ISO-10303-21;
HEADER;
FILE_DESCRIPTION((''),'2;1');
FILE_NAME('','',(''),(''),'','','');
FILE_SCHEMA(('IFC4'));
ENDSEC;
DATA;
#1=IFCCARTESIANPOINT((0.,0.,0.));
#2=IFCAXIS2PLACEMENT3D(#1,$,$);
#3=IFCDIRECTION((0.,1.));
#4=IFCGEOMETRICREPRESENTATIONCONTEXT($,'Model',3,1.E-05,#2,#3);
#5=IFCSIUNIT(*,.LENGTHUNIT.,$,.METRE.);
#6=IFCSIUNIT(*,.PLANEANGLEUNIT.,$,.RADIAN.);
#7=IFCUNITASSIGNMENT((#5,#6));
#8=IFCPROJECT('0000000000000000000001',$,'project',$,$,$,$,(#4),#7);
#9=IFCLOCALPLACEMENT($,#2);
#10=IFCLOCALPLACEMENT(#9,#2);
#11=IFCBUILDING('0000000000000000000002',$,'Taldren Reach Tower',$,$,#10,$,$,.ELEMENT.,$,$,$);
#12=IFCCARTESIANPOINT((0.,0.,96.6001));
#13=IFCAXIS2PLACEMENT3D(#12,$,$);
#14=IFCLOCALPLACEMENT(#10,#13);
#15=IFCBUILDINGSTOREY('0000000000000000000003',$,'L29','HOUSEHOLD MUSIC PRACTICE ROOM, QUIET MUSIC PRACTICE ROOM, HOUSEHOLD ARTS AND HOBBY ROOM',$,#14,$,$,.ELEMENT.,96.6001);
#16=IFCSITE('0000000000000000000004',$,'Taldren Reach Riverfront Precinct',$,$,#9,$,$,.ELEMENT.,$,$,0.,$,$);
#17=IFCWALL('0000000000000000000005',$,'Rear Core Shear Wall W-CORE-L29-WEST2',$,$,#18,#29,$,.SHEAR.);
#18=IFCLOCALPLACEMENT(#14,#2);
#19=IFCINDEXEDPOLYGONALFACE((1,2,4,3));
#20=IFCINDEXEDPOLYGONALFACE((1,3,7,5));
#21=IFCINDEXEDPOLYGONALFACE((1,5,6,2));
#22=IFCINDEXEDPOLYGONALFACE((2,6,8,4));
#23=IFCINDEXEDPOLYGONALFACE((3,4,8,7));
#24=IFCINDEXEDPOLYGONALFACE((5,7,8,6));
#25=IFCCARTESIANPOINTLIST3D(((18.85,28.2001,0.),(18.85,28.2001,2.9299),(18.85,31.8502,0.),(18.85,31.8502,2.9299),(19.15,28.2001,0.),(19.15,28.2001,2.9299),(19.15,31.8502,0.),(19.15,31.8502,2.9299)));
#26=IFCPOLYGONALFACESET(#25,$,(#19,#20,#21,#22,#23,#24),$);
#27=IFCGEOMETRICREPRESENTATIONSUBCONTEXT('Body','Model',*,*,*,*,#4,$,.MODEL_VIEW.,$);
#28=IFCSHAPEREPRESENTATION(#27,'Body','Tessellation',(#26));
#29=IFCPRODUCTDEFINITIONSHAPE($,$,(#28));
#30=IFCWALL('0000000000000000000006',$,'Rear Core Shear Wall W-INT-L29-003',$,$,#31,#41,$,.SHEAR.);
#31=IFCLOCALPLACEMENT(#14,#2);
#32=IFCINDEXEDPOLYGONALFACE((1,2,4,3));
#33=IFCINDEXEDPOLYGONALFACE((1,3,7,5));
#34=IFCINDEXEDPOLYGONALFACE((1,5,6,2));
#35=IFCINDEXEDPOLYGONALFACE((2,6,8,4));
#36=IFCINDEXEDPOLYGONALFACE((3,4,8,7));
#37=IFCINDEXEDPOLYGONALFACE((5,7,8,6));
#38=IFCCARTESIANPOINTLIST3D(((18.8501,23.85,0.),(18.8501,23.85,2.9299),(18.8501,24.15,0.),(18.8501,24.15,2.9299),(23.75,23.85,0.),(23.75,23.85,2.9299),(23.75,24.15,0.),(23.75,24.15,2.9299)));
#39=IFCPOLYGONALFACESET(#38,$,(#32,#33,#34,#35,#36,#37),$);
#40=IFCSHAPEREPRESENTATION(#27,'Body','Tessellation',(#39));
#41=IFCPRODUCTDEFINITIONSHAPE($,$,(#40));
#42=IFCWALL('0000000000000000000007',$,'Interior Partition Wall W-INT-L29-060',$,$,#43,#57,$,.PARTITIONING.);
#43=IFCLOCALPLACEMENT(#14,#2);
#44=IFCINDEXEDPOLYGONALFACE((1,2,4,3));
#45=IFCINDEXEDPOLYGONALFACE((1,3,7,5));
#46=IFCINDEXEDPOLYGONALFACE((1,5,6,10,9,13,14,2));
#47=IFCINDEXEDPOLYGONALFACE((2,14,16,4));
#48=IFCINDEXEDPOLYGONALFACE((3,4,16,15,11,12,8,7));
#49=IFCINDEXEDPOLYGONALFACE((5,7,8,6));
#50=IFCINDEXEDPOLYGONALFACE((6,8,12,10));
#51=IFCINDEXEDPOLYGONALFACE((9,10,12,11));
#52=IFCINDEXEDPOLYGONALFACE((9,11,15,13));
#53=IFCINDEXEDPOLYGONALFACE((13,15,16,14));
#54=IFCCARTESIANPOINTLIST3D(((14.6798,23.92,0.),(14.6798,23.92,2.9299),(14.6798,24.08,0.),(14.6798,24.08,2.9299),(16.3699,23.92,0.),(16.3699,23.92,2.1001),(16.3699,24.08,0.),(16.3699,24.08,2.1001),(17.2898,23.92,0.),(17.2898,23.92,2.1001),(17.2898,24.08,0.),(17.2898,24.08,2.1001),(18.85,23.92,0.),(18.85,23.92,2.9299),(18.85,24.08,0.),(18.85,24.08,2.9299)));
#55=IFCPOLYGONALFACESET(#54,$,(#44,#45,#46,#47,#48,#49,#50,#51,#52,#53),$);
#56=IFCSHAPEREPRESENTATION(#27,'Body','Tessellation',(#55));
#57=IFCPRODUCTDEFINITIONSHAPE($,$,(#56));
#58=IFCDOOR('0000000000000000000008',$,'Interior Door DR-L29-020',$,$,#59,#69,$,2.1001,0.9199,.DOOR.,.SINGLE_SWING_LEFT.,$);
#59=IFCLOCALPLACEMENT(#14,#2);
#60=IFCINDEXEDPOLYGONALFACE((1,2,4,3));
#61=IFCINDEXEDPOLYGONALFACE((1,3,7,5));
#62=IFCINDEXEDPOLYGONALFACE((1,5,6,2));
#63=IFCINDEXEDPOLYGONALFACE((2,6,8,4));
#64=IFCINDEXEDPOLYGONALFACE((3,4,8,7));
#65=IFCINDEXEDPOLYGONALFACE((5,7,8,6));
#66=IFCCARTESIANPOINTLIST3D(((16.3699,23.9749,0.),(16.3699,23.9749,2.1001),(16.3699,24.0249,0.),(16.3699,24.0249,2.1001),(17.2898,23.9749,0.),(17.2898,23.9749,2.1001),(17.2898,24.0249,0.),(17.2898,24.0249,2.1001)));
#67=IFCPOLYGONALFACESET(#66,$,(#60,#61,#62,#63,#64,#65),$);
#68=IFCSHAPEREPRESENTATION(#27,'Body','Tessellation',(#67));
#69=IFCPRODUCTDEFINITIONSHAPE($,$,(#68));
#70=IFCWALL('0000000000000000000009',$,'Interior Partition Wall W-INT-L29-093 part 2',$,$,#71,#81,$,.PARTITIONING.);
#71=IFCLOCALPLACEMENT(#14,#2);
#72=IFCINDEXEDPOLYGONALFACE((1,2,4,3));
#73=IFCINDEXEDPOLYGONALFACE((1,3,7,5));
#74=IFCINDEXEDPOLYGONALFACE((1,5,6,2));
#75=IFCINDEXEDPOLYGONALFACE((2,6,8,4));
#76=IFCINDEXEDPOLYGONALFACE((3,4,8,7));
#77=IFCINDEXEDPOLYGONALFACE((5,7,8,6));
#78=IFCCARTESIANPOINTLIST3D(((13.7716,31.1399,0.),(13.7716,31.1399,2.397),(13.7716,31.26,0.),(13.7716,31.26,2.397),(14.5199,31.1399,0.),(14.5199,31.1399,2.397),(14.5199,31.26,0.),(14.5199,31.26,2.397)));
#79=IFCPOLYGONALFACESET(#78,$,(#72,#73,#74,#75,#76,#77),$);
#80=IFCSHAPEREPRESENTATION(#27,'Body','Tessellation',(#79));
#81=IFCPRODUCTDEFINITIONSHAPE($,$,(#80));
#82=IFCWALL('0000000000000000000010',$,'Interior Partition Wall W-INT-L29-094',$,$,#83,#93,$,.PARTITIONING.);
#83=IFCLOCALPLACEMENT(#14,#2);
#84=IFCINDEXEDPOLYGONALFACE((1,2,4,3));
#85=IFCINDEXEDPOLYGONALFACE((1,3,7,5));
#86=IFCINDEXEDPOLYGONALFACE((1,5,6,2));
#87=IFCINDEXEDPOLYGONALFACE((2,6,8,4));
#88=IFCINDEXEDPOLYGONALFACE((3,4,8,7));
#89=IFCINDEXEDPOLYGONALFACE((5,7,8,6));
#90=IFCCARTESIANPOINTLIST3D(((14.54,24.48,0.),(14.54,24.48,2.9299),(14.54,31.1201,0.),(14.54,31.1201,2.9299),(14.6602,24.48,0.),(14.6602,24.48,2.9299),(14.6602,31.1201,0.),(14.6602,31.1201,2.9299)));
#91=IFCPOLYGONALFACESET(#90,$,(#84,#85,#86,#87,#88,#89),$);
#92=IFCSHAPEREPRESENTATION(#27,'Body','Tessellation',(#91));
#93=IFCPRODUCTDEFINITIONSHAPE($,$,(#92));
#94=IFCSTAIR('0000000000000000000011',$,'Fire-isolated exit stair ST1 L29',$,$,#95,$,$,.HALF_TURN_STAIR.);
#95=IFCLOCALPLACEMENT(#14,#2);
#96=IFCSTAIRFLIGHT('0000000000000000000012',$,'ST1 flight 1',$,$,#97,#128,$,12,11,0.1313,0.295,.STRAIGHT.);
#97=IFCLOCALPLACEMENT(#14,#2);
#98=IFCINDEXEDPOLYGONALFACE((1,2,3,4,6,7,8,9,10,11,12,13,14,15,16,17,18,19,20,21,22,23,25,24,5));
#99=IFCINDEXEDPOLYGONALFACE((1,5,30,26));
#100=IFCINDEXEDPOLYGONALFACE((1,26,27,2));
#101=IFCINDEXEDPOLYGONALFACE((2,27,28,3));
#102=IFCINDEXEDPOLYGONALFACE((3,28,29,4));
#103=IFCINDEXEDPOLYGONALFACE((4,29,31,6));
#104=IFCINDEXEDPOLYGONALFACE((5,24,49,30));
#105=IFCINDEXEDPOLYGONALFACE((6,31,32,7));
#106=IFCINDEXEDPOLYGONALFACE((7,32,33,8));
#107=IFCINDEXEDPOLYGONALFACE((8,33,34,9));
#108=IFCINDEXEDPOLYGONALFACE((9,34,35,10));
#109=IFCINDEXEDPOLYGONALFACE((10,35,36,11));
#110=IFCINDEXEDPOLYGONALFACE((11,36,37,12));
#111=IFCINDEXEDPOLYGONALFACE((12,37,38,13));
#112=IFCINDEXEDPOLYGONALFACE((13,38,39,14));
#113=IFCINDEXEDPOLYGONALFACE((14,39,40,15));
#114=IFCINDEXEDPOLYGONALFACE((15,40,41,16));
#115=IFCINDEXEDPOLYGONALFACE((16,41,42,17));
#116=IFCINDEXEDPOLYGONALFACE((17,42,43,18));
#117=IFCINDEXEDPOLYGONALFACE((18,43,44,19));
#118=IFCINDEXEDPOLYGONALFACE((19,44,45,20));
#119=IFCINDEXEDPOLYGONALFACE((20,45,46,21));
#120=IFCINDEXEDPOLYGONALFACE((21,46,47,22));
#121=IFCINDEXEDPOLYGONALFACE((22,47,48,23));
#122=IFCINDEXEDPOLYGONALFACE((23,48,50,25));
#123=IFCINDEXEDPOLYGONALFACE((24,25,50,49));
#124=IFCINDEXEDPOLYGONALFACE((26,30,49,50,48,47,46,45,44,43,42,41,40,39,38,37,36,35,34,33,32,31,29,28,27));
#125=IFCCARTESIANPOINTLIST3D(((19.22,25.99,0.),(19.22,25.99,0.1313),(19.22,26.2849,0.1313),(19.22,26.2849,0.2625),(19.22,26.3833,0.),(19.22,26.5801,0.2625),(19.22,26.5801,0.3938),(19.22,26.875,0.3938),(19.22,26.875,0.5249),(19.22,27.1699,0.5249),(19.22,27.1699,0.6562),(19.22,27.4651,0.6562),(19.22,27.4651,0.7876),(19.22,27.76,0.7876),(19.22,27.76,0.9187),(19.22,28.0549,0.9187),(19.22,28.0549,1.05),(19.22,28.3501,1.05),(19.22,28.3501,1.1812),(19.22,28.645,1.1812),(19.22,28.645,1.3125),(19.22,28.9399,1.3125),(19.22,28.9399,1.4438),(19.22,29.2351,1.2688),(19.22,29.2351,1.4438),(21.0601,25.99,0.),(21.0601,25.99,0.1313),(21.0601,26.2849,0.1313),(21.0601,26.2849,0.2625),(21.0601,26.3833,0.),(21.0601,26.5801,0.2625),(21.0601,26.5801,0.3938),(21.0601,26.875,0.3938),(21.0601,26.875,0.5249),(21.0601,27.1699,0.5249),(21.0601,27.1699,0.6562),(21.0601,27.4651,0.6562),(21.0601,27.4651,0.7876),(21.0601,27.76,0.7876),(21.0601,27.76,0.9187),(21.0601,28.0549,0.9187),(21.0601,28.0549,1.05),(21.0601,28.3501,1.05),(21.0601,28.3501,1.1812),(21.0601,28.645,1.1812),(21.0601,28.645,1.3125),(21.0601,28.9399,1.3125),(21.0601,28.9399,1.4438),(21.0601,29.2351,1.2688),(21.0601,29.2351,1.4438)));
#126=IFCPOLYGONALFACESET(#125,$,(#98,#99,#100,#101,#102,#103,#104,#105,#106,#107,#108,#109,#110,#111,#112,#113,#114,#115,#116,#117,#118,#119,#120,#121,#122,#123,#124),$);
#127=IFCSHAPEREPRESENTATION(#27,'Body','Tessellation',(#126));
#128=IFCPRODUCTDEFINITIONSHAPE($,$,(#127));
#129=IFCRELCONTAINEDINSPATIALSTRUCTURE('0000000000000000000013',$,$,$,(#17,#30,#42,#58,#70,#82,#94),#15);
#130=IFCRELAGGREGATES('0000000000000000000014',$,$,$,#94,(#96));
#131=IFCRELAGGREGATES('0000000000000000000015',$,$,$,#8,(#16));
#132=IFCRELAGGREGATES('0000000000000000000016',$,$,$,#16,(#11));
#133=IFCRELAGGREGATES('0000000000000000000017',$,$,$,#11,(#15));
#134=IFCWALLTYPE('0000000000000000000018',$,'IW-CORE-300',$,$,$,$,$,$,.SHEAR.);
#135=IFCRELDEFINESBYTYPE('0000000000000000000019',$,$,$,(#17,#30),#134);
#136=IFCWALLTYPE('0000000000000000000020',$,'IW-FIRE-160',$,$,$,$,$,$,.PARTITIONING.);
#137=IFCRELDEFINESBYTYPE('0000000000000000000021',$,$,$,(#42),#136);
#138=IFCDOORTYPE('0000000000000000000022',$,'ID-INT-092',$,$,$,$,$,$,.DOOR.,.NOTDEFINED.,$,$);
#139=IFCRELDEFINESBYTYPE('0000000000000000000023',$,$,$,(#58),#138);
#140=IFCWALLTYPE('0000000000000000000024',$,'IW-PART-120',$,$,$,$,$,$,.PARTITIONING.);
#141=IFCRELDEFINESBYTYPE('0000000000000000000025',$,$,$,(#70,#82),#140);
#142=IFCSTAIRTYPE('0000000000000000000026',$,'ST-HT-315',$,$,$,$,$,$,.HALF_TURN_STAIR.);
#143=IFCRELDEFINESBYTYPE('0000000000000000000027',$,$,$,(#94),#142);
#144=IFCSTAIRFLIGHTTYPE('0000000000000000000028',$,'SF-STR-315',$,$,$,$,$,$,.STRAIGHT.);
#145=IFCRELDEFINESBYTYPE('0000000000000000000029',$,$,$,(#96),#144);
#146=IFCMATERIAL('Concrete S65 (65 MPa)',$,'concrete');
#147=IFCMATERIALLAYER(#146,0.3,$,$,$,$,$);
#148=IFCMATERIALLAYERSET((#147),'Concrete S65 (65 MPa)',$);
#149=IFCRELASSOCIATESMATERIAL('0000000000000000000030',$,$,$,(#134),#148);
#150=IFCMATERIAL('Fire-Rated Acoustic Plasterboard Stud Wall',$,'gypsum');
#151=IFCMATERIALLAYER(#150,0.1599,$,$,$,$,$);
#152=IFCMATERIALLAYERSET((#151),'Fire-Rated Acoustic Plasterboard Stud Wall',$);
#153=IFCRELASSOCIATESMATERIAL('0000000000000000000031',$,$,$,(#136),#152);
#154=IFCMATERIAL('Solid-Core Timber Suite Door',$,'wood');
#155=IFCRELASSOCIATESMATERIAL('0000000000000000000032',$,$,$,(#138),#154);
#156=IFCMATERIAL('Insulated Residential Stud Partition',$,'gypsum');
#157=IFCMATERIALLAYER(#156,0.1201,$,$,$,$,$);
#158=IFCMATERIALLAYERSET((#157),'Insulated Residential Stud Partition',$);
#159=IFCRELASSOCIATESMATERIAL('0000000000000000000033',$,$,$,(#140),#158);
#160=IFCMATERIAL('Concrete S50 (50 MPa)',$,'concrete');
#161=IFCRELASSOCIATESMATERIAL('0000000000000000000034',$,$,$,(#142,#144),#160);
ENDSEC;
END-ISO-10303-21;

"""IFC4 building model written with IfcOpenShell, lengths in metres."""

from ifc_helpers import new_model, si_unit, direction, frame, frame_2d, origin, place, context, subcontext, project, spatial, polyline, rectangle, outline, extrude, source, transform, mapped, material, layer, layer_set, type_object, element, fill, aggregate, save


model = new_model("IFC4")

# Units and contexts
model_context = context("Model", 3, precision=1e-05, world=origin(), true_north=direction((0.0, 1.0)))
body_context = subcontext(model_context, "Body", "Model", "MODEL_VIEW")
ifc_project = project(units=[si_unit("LENGTHUNIT", "METRE"), si_unit("PLANEANGLEUNIT", "RADIAN")], contexts=[model_context])

# Site, building, storey
site_placement = place(None, origin())
site = spatial("IfcSite", under=ifc_project, at=site_placement, Name="Taldren Reach Riverfront Precinct", CompositionType="ELEMENT", RefElevation=0.0)
building_placement = place(site_placement, origin())
building = spatial("IfcBuilding", under=site, at=building_placement, Name="Taldren Reach Tower", CompositionType="ELEMENT")
storey_placement = place(building_placement, frame((0.0, 0.0, 96.6001)))
storey = spatial("IfcBuildingStorey", under=building, at=storey_placement, Name="L29", Description="HOUSEHOLD MUSIC PRACTICE ROOM, QUIET MUSIC PRACTICE ROOM, HOUSEHOLD ARTS AND HOBBY ROOM", CompositionType="ELEMENT", Elevation=96.6001)

# Shared definitions
ifc_material_1 = material(Name="Concrete S65 (65 MPa)", Category="concrete")

# Walls
ifc_layer_1 = layer(ifc_material_1, 0.3)
ifc_layer_set_1 = layer_set([ifc_layer_1], Name="Concrete S65 (65 MPa)")
wall_type_1 = type_object("IfcWallType", Name="IW-CORE-300", PredefinedType="SHEAR", material=ifc_layer_set_1)
shared_shape_1 = source(origin(), body_context, "Body", "SweptSolid", [
    extrude(rectangle(XDim=3.6501, YDim=0.3, at=frame_2d((1.8252, 0.0))), origin(), (0.0, 0.0, 1.0), 2.9299),
])
wall_1_placement = place(storey_placement, frame((19.0, 28.2, 0.0), z_axis=(0.0, 0.0, 1.0), x_axis=(0.0, 1.0, 0.0)))
element("IfcWall", 1, at=wall_1_placement, inside=storey, type_object=wall_type_1, Name="Rear Core Shear Wall W-CORE-L29-WEST2", PredefinedType="SHEAR", context=body_context, shape_type="MappedRepresentation", body=[
    mapped(shared_shape_1, transform((0.0, 0.0, 0.0), scale=1.0)),
])
shared_shape_2 = source(origin(), body_context, "Body", "SweptSolid", [
    extrude(rectangle(XDim=4.8999, YDim=0.3, at=frame_2d((2.45, 0.0))), origin(), (0.0, 0.0, 1.0), 2.9299),
])
wall_2_placement = place(storey_placement, frame((18.8501, 24.0, 0.0), z_axis=(0.0, 0.0, 1.0), x_axis=(1.0, 0.0, 0.0)))
element("IfcWall", 2, at=wall_2_placement, inside=storey, type_object=wall_type_1, Name="Rear Core Shear Wall W-INT-L29-003", PredefinedType="SHEAR", context=body_context, shape_type="MappedRepresentation", body=[
    mapped(shared_shape_2, transform((0.0, 0.0, 0.0), scale=1.0)),
])

# Wall, opening, door
ifc_material_2 = material(Name="Fire-Rated Acoustic Plasterboard Stud Wall", Category="gypsum")
ifc_layer_2 = layer(ifc_material_2, 0.1599)
ifc_layer_set_2 = layer_set([ifc_layer_2], Name="Fire-Rated Acoustic Plasterboard Stud Wall")
wall_type_2 = type_object("IfcWallType", Name="IW-FIRE-160", PredefinedType="PARTITIONING", material=ifc_layer_set_2)
shared_shape_3 = source(origin(), body_context, "Body", "SweptSolid", [
    extrude(rectangle(XDim=4.1702, YDim=0.1599, at=frame_2d((2.085, 0.0))), origin(), (0.0, 0.0, 1.0), 2.9299),
])
wall_3_placement = place(storey_placement, frame((14.6799, 24.0, 0.0), z_axis=(0.0, 0.0, 1.0), x_axis=(1.0, 0.0, 0.0)))
wall_3 = element("IfcWall", 3, at=wall_3_placement, inside=storey, type_object=wall_type_2, Name="Interior Partition Wall W-INT-L29-060", PredefinedType="PARTITIONING", context=body_context, shape_type="MappedRepresentation", body=[
    mapped(shared_shape_3, transform((0.0, 0.0, 0.0), scale=1.0)),
])
shared_shape_4 = source(origin(), body_context, "Body", "SweptSolid", [
    extrude(rectangle(XDim=0.9199, YDim=2.1001, at=frame_2d((0.46, 1.05))), frame((0.0, 0.0898, 0.0), z_axis=(0.0, -1.0, 0.0), x_axis=(1.0, 0.0, 0.0)), (0.0, 0.0, 1.0), 0.1799),
])
opening_placement = place(wall_3_placement, frame((1.6899, 0.0, 0.0)))
opening = element("IfcOpeningElement", 4, at=opening_placement, cuts=wall_3, PredefinedType="OPENING", context=body_context, shape_type="MappedRepresentation", body=[
    mapped(shared_shape_4, transform((0.0, 0.0, 0.0), scale=1.0)),
])
ifc_material_3 = material(Name="Solid-Core Timber Suite Door", Category="wood")
door_type = type_object("IfcDoorType", Name="ID-INT-092", OperationType="NOTDEFINED", PredefinedType="DOOR", material=ifc_material_3)
shared_shape_5 = source(origin(), body_context, "Body", "SweptSolid", [
    extrude(rectangle(XDim=0.9199, YDim=2.1001, at=frame_2d((0.46, 1.05))), frame((0.0, 0.0249, 0.0), z_axis=(0.0, -1.0, 0.0), x_axis=(1.0, 0.0, 0.0)), (0.0, 0.0, 1.0), 0.05),
])
door_placement = place(opening_placement, origin())
door = element("IfcDoor", 5, at=door_placement, inside=storey, type_object=door_type, Name="Interior Door DR-L29-020", OperationType="SINGLE_SWING_LEFT", OverallHeight=2.1001, OverallWidth=0.9199, PredefinedType="DOOR", context=body_context, shape_type="MappedRepresentation", body=[
    mapped(shared_shape_5, transform((0.0, 0.0, 0.0), scale=1.0)),
])
fill(opening, door)

# Walls
ifc_material_4 = material(Name="Insulated Residential Stud Partition", Category="gypsum")
ifc_layer_3 = layer(ifc_material_4, 0.1201)
ifc_layer_set_3 = layer_set([ifc_layer_3], Name="Insulated Residential Stud Partition")
wall_type_3 = type_object("IfcWallType", Name="IW-PART-120", PredefinedType="PARTITIONING", material=ifc_layer_set_3)
shared_shape_6 = source(origin(), body_context, "Body", "SweptSolid", [
    extrude(rectangle(XDim=0.7483, YDim=0.1201, at=frame_2d((0.374, 0.0))), origin(), (0.0, 0.0, 1.0), 2.397),
])
wall_4_placement = place(storey_placement, frame((13.7717, 31.2, 0.0), z_axis=(0.0, 0.0, 1.0), x_axis=(1.0, 0.0, 0.0)))
element("IfcWall", 6, at=wall_4_placement, inside=storey, type_object=wall_type_3, Name="Interior Partition Wall W-INT-L29-093 part 2", PredefinedType="PARTITIONING", context=body_context, shape_type="MappedRepresentation", body=[
    mapped(shared_shape_6, transform((0.0, 0.0, 0.0), scale=1.0)),
])
shared_shape_7 = source(origin(), body_context, "Body", "SweptSolid", [
    extrude(rectangle(XDim=6.6401, YDim=0.1201, at=frame_2d((3.3201, 0.0))), origin(), (0.0, 0.0, 1.0), 2.9299),
])
wall_5_placement = place(storey_placement, frame((14.6001, 31.1201, 0.0), z_axis=(0.0, 0.0, 1.0), x_axis=(0.0, -1.0, 0.0)))
element("IfcWall", 7, at=wall_5_placement, inside=storey, type_object=wall_type_3, Name="Interior Partition Wall W-INT-L29-094", PredefinedType="PARTITIONING", context=body_context, shape_type="MappedRepresentation", body=[
    mapped(shared_shape_7, transform((0.0, 0.0, 0.0), scale=1.0)),
])

# Stair, stair flight
ifc_material_5 = material(Name="Concrete S50 (50 MPa)", Category="concrete")
stair_type = type_object("IfcStairType", Name="ST-HT-315", PredefinedType="HALF_TURN_STAIR", material=ifc_material_5)
stair_placement = place(storey_placement, origin())
stair = element("IfcStair", 8, at=stair_placement, inside=storey, type_object=stair_type, Name="Fire-isolated exit stair ST1 L29", PredefinedType="HALF_TURN_STAIR")
stair_flight_type = type_object("IfcStairFlightType", Name="SF-STR-315", PredefinedType="STRAIGHT", material=ifc_material_5)
stair_flight_placement = place(storey_placement, frame((20.1399, 25.99, 0.0), z_axis=(0.0, 0.0, 1.0), x_axis=(0.0, 1.0, 0.0)))
stair_flight = element("IfcStairFlight", 9, at=stair_flight_placement, type_object=stair_flight_type, Name="ST1 flight 1", NumberOfRisers=12, NumberOfTreads=11, PredefinedType="STRAIGHT", RiserHeight=0.1313, TreadLength=0.295, context=body_context, shape_type="SweptSolid", body=[
    extrude(outline(polyline([(0.0, 0.0), (0.0, 0.1313), (0.2949, 0.1313), (0.2949, 0.2625), (0.5901, 0.2625), (0.5901, 0.3938), (0.885, 0.3938), (0.885, 0.5249), (1.1799, 0.5249), (1.1799, 0.6562), (1.4751, 0.6562), (1.4751, 0.7876), (1.77, 0.7876), (1.77, 0.9187), (2.0649, 0.9187), (2.0649, 1.05), (2.3601, 1.05), (2.3601, 1.1812), (2.655, 1.1812), (2.655, 1.3125), (2.95, 1.3125), (2.95, 1.4438), (3.2451, 1.4438), (3.2451, 1.575), (3.2451, 1.2688), (0.3933, 0.0), (0.0, 0.0)])), frame((0.0, 0.9199, 0.0), z_axis=(0.0, -1.0, 0.0), x_axis=(1.0, 0.0, 0.0)), (0.0, 0.0, 1.0), 1.8401),
])
aggregate(stair, [stair_flight])

save(model, "model.ifc")
